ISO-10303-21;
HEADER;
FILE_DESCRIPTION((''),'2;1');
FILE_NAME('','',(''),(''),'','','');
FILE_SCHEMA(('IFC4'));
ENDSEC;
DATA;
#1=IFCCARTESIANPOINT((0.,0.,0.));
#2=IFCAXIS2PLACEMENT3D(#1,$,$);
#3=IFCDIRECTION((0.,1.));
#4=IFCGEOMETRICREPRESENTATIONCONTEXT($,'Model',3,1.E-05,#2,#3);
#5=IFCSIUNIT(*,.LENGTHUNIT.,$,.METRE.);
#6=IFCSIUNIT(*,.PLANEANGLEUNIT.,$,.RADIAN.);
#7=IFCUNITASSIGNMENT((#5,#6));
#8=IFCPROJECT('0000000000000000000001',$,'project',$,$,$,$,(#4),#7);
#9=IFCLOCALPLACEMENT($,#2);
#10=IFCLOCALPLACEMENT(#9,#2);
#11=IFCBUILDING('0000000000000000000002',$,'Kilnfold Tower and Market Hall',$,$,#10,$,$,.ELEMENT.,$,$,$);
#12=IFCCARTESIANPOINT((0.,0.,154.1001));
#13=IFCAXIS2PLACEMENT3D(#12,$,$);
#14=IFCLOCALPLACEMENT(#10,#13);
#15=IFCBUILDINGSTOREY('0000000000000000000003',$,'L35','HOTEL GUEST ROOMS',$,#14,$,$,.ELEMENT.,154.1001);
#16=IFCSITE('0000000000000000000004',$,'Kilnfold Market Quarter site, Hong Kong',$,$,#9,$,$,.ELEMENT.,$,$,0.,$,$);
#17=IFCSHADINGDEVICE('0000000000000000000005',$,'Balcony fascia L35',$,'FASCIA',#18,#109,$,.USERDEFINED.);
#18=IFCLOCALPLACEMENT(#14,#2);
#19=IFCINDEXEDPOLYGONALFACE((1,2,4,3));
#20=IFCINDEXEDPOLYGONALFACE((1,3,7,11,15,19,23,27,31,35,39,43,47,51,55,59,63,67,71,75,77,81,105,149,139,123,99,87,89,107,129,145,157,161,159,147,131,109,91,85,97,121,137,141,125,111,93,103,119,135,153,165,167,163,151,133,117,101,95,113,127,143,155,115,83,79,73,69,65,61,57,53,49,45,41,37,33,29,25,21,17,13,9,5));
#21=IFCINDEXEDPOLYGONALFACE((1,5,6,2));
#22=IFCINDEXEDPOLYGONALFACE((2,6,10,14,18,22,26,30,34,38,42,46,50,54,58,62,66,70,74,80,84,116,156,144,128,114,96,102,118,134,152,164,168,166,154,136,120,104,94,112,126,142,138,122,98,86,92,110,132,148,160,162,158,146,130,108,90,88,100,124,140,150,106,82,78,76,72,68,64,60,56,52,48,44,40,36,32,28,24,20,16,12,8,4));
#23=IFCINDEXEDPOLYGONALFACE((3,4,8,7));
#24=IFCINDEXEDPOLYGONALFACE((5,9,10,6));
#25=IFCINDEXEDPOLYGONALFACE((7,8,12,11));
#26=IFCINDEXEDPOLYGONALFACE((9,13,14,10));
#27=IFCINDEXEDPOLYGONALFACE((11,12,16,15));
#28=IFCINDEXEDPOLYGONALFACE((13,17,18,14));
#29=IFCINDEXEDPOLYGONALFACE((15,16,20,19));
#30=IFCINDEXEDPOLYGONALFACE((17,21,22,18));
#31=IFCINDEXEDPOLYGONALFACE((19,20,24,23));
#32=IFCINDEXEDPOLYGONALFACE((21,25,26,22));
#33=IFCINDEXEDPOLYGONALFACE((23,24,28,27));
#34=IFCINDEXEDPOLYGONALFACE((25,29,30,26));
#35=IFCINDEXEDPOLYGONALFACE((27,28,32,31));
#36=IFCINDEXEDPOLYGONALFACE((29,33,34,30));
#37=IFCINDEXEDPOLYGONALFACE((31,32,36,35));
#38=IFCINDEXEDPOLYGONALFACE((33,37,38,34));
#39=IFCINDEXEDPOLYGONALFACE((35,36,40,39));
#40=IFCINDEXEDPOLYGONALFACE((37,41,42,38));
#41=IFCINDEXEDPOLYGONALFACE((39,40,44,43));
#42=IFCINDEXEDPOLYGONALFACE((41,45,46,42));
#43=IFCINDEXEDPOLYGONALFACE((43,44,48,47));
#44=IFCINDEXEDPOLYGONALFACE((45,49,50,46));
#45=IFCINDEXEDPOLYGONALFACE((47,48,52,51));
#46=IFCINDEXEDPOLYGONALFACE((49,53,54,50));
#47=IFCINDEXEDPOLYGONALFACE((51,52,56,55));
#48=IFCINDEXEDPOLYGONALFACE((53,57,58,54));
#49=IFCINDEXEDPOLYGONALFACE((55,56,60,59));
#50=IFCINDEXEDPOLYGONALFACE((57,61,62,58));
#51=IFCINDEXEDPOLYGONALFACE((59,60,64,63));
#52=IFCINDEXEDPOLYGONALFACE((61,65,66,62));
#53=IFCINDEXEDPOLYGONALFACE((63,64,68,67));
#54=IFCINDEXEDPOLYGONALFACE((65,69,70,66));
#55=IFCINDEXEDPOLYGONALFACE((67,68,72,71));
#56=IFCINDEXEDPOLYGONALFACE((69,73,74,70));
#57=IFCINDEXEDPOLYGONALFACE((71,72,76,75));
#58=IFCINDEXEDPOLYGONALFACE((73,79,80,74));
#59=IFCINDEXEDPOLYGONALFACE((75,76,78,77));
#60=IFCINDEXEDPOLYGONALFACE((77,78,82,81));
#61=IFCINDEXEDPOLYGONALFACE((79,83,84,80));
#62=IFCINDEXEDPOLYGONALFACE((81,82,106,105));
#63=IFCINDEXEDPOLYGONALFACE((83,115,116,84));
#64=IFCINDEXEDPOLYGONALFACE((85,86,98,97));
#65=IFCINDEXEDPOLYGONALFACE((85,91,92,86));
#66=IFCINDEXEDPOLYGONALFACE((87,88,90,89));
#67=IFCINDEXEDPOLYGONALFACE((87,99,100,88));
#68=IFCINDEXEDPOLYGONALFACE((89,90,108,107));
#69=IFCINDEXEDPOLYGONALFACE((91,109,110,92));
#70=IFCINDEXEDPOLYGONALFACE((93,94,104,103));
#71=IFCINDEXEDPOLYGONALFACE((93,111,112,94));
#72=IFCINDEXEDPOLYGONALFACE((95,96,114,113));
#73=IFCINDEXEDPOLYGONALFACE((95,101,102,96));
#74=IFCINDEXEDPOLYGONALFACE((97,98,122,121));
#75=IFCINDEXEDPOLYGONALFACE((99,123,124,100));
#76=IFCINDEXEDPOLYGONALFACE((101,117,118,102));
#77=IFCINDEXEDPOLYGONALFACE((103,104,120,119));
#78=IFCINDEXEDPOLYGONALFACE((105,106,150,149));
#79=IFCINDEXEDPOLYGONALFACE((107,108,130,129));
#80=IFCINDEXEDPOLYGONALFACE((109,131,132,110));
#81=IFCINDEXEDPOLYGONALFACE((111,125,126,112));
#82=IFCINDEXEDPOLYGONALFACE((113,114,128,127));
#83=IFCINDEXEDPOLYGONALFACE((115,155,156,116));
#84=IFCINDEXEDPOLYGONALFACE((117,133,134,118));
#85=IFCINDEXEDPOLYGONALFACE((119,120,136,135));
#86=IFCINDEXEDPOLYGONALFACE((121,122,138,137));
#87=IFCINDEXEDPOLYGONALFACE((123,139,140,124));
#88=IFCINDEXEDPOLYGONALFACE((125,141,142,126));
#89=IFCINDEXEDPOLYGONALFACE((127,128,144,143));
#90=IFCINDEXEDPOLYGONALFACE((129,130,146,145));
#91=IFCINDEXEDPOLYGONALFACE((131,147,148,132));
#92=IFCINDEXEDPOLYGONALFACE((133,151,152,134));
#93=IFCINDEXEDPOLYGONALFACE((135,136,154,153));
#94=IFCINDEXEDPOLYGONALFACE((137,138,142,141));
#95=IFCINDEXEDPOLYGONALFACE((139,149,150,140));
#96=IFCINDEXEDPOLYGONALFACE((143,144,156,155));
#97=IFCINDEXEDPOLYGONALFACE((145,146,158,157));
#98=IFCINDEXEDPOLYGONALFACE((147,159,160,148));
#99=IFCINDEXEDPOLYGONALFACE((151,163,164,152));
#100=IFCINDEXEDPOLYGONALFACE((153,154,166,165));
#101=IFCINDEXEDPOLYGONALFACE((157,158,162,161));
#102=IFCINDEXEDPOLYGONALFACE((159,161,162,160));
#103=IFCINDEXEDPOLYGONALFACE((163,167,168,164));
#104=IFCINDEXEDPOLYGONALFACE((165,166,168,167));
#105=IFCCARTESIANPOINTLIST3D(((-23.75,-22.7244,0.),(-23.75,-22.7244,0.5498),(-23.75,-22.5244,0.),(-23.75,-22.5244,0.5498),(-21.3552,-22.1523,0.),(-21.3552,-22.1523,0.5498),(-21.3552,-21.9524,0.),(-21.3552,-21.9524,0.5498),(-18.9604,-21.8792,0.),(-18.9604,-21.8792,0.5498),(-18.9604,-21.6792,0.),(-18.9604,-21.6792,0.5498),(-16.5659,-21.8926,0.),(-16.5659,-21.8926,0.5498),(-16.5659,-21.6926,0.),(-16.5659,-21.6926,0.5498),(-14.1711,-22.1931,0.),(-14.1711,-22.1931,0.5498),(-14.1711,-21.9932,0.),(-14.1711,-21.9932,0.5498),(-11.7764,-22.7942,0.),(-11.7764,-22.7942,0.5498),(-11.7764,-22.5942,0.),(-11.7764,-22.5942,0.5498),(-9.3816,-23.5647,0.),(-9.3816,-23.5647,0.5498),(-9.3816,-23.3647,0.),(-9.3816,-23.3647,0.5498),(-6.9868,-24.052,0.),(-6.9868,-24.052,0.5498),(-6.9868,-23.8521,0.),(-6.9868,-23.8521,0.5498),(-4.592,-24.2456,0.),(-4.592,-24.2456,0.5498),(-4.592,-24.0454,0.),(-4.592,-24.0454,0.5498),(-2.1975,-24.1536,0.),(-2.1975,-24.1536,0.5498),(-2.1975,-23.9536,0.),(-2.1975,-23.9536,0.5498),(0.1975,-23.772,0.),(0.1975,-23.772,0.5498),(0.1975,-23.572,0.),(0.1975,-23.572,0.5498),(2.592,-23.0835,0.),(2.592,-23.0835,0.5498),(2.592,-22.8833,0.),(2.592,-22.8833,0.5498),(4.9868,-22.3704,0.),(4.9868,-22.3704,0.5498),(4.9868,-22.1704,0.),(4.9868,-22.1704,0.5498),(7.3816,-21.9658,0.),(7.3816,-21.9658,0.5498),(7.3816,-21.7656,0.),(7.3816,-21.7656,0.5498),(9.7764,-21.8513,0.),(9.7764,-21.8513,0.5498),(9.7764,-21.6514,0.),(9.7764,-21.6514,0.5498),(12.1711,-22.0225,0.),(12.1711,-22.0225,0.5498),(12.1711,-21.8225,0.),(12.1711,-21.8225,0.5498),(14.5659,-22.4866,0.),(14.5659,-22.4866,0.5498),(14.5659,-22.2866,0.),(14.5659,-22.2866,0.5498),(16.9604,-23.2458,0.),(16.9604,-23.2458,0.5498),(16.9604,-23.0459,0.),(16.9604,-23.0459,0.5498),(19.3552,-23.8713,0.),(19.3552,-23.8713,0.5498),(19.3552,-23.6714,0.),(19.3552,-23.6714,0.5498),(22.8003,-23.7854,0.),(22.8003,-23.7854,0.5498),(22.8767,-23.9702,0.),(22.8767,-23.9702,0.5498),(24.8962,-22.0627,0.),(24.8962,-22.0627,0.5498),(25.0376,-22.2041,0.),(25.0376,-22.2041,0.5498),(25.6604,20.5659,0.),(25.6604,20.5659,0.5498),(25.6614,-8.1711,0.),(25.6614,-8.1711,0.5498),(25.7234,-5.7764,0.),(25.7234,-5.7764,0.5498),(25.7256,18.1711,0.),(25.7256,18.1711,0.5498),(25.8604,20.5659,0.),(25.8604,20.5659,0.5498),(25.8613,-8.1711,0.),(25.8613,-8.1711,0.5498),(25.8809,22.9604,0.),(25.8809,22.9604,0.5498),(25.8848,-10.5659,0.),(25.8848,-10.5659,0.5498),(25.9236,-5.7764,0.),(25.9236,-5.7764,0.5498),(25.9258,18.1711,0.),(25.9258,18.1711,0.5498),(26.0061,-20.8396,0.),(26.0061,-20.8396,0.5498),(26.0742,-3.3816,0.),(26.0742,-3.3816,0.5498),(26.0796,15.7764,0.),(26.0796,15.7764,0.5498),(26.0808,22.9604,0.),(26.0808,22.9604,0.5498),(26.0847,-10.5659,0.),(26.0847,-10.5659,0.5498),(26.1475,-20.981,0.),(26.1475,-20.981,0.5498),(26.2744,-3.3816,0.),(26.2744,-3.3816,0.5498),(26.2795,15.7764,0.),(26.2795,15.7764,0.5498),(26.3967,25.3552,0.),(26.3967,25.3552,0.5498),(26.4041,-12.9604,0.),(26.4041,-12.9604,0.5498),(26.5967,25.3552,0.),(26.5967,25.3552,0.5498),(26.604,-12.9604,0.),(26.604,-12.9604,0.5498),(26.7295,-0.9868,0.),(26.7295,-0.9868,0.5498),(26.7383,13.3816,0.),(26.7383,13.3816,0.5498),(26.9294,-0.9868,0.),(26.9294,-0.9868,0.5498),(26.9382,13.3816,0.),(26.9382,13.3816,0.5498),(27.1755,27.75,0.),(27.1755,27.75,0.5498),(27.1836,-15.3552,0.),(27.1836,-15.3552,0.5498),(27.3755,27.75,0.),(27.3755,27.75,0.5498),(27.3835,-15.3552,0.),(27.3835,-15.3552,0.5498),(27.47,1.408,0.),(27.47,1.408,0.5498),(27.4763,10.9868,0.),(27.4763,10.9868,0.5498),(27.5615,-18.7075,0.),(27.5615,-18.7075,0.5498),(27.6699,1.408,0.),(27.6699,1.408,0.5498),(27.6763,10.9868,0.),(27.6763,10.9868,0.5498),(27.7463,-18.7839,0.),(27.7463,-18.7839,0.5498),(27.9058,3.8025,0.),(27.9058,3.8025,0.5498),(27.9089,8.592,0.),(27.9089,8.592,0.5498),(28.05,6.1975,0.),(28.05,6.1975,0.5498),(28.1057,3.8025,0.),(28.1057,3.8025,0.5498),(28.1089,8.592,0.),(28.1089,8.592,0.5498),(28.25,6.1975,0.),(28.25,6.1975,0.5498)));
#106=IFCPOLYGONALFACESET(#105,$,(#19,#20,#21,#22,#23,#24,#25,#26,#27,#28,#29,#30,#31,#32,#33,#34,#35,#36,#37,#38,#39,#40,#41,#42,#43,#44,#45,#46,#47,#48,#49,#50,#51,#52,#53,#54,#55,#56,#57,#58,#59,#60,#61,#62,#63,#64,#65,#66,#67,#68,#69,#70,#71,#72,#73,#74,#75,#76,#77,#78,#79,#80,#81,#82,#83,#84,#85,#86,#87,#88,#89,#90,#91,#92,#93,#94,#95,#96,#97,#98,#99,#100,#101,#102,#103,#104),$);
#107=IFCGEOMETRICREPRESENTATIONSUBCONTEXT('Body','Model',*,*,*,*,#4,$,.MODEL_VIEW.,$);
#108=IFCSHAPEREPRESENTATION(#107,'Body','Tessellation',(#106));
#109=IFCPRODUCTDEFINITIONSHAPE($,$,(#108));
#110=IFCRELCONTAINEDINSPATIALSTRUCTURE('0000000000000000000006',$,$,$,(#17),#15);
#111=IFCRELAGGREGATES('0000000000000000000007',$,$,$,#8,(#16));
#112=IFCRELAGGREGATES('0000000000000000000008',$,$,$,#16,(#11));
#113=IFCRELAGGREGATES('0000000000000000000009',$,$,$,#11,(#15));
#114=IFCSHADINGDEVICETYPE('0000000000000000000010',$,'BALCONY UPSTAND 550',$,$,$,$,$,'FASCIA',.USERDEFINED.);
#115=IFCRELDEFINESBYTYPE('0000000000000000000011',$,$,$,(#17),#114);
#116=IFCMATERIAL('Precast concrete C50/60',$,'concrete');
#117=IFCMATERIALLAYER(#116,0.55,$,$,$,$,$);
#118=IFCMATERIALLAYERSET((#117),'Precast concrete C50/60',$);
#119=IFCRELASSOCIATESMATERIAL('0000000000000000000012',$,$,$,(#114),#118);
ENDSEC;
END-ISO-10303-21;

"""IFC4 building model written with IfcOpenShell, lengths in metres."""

from ifc_helpers import new_model, si_unit, direction, frame, origin, place, context, subcontext, project, spatial, polyline, outline, extrude, source, transform, mapped, material, layer, layer_set, type_object, element, save


model = new_model("IFC4")

# Units and contexts
model_context = context("Model", 3, precision=1e-05, world=origin(), true_north=direction((0.0, 1.0)))
body_context = subcontext(model_context, "Body", "Model", "MODEL_VIEW")
ifc_project = project(units=[si_unit("LENGTHUNIT", "METRE"), si_unit("PLANEANGLEUNIT", "RADIAN")], contexts=[model_context])

# Site, building, storey
site_placement = place(None, origin())
site = spatial("IfcSite", under=ifc_project, at=site_placement, Name="Kilnfold Market Quarter site, Hong Kong", CompositionType="ELEMENT", RefElevation=0.0)
building_placement = place(site_placement, origin())
building = spatial("IfcBuilding", under=site, at=building_placement, Name="Kilnfold Tower and Market Hall", CompositionType="ELEMENT")
storey_placement = place(building_placement, frame((0.0, 0.0, 154.1001)))
storey = spatial("IfcBuildingStorey", under=building, at=storey_placement, Name="L35", Description="HOTEL GUEST ROOMS", CompositionType="ELEMENT", Elevation=154.1001)

# Shading device
ifc_material_1 = material(Name="Precast concrete C50/60", Category="concrete")
ifc_layer_1 = layer(ifc_material_1, 0.55)
ifc_layer_set_1 = layer_set([ifc_layer_1], Name="Precast concrete C50/60")
shading_device_type_1 = type_object("IfcShadingDeviceType", Name="BALCONY UPSTAND 550", ElementType="FASCIA", PredefinedType="USERDEFINED", material=ifc_layer_set_1)
shared_shape_1 = source(origin(), body_context, "Body", "SweptSolid", [
    extrude(outline(polyline([(-23.75, -22.7244), (-21.3552, -22.1523), (-18.9604, -21.8792), (-16.5659, -21.8926), (-14.1711, -22.1931), (-11.7764, -22.7942), (-9.3816, -23.5647), (-6.9868, -24.052), (-4.592, -24.2456), (-2.1975, -24.1536), (0.1975, -23.772), (2.592, -23.0835), (4.9868, -22.3704), (7.3816, -21.9658), (9.7764, -21.8513), (12.1711, -22.0225), (14.5659, -22.4866), (16.9604, -23.2458), (19.3552, -23.8713), (22.8767, -23.9702), (25.0376, -22.2041), (26.1475, -20.981), (27.7463, -18.7839), (27.3835, -15.3552), (26.604, -12.9604), (26.0847, -10.5659), (25.8613, -8.1711), (25.9236, -5.7764), (26.2744, -3.3816), (26.9294, -0.9868), (27.6699, 1.408), (28.1057, 3.8025), (28.25, 6.1975), (28.1089, 8.592), (27.6763, 10.9868), (26.9382, 13.3816), (26.2795, 15.7764), (25.9258, 18.1711), (25.8604, 20.5659), (26.0808, 22.9604), (26.5967, 25.3552), (27.3755, 27.75), (27.1755, 27.75), (26.3967, 25.3552), (25.8809, 22.9604), (25.6604, 20.5659), (25.7256, 18.1711), (26.0796, 15.7764), (26.7383, 13.3816), (27.4763, 10.9868), (27.9089, 8.592), (28.05, 6.1975), (27.9058, 3.8025), (27.47, 1.408), (26.7295, -0.9868), (26.0742, -3.3816), (25.7234, -5.7764), (25.6614, -8.1711), (25.8848, -10.5659), (26.4041, -12.9604), (27.1836, -15.3552), (27.5615, -18.7075), (26.0061, -20.8396), (24.8962, -22.0627), (22.8003, -23.7854), (19.3552, -23.6714), (16.9604, -23.0459), (14.5659, -22.2866), (12.1711, -21.8225), (9.7764, -21.6514), (7.3816, -21.7656), (4.9868, -22.1704), (2.592, -22.8833), (0.1975, -23.572), (-2.1975, -23.9536), (-4.592, -24.0454), (-6.9868, -23.8521), (-9.3816, -23.3647), (-11.7764, -22.5942), (-14.1711, -21.9932), (-16.5659, -21.6926), (-18.9604, -21.6792), (-21.3552, -21.9524), (-23.75, -22.5244), (-23.75, -22.7244)])), origin(), (0.0, 0.0, 1.0), 0.5498),
])
shading_device_1_placement = place(storey_placement, origin())
element("IfcShadingDevice", 1, at=shading_device_1_placement, inside=storey, type_object=shading_device_type_1, Name="Balcony fascia L35", ObjectType="FASCIA", PredefinedType="USERDEFINED", context=body_context, shape_type="MappedRepresentation", body=[
    mapped(shared_shape_1, transform((0.0, 0.0, 0.0))),
])

save(model, "model.ifc")
